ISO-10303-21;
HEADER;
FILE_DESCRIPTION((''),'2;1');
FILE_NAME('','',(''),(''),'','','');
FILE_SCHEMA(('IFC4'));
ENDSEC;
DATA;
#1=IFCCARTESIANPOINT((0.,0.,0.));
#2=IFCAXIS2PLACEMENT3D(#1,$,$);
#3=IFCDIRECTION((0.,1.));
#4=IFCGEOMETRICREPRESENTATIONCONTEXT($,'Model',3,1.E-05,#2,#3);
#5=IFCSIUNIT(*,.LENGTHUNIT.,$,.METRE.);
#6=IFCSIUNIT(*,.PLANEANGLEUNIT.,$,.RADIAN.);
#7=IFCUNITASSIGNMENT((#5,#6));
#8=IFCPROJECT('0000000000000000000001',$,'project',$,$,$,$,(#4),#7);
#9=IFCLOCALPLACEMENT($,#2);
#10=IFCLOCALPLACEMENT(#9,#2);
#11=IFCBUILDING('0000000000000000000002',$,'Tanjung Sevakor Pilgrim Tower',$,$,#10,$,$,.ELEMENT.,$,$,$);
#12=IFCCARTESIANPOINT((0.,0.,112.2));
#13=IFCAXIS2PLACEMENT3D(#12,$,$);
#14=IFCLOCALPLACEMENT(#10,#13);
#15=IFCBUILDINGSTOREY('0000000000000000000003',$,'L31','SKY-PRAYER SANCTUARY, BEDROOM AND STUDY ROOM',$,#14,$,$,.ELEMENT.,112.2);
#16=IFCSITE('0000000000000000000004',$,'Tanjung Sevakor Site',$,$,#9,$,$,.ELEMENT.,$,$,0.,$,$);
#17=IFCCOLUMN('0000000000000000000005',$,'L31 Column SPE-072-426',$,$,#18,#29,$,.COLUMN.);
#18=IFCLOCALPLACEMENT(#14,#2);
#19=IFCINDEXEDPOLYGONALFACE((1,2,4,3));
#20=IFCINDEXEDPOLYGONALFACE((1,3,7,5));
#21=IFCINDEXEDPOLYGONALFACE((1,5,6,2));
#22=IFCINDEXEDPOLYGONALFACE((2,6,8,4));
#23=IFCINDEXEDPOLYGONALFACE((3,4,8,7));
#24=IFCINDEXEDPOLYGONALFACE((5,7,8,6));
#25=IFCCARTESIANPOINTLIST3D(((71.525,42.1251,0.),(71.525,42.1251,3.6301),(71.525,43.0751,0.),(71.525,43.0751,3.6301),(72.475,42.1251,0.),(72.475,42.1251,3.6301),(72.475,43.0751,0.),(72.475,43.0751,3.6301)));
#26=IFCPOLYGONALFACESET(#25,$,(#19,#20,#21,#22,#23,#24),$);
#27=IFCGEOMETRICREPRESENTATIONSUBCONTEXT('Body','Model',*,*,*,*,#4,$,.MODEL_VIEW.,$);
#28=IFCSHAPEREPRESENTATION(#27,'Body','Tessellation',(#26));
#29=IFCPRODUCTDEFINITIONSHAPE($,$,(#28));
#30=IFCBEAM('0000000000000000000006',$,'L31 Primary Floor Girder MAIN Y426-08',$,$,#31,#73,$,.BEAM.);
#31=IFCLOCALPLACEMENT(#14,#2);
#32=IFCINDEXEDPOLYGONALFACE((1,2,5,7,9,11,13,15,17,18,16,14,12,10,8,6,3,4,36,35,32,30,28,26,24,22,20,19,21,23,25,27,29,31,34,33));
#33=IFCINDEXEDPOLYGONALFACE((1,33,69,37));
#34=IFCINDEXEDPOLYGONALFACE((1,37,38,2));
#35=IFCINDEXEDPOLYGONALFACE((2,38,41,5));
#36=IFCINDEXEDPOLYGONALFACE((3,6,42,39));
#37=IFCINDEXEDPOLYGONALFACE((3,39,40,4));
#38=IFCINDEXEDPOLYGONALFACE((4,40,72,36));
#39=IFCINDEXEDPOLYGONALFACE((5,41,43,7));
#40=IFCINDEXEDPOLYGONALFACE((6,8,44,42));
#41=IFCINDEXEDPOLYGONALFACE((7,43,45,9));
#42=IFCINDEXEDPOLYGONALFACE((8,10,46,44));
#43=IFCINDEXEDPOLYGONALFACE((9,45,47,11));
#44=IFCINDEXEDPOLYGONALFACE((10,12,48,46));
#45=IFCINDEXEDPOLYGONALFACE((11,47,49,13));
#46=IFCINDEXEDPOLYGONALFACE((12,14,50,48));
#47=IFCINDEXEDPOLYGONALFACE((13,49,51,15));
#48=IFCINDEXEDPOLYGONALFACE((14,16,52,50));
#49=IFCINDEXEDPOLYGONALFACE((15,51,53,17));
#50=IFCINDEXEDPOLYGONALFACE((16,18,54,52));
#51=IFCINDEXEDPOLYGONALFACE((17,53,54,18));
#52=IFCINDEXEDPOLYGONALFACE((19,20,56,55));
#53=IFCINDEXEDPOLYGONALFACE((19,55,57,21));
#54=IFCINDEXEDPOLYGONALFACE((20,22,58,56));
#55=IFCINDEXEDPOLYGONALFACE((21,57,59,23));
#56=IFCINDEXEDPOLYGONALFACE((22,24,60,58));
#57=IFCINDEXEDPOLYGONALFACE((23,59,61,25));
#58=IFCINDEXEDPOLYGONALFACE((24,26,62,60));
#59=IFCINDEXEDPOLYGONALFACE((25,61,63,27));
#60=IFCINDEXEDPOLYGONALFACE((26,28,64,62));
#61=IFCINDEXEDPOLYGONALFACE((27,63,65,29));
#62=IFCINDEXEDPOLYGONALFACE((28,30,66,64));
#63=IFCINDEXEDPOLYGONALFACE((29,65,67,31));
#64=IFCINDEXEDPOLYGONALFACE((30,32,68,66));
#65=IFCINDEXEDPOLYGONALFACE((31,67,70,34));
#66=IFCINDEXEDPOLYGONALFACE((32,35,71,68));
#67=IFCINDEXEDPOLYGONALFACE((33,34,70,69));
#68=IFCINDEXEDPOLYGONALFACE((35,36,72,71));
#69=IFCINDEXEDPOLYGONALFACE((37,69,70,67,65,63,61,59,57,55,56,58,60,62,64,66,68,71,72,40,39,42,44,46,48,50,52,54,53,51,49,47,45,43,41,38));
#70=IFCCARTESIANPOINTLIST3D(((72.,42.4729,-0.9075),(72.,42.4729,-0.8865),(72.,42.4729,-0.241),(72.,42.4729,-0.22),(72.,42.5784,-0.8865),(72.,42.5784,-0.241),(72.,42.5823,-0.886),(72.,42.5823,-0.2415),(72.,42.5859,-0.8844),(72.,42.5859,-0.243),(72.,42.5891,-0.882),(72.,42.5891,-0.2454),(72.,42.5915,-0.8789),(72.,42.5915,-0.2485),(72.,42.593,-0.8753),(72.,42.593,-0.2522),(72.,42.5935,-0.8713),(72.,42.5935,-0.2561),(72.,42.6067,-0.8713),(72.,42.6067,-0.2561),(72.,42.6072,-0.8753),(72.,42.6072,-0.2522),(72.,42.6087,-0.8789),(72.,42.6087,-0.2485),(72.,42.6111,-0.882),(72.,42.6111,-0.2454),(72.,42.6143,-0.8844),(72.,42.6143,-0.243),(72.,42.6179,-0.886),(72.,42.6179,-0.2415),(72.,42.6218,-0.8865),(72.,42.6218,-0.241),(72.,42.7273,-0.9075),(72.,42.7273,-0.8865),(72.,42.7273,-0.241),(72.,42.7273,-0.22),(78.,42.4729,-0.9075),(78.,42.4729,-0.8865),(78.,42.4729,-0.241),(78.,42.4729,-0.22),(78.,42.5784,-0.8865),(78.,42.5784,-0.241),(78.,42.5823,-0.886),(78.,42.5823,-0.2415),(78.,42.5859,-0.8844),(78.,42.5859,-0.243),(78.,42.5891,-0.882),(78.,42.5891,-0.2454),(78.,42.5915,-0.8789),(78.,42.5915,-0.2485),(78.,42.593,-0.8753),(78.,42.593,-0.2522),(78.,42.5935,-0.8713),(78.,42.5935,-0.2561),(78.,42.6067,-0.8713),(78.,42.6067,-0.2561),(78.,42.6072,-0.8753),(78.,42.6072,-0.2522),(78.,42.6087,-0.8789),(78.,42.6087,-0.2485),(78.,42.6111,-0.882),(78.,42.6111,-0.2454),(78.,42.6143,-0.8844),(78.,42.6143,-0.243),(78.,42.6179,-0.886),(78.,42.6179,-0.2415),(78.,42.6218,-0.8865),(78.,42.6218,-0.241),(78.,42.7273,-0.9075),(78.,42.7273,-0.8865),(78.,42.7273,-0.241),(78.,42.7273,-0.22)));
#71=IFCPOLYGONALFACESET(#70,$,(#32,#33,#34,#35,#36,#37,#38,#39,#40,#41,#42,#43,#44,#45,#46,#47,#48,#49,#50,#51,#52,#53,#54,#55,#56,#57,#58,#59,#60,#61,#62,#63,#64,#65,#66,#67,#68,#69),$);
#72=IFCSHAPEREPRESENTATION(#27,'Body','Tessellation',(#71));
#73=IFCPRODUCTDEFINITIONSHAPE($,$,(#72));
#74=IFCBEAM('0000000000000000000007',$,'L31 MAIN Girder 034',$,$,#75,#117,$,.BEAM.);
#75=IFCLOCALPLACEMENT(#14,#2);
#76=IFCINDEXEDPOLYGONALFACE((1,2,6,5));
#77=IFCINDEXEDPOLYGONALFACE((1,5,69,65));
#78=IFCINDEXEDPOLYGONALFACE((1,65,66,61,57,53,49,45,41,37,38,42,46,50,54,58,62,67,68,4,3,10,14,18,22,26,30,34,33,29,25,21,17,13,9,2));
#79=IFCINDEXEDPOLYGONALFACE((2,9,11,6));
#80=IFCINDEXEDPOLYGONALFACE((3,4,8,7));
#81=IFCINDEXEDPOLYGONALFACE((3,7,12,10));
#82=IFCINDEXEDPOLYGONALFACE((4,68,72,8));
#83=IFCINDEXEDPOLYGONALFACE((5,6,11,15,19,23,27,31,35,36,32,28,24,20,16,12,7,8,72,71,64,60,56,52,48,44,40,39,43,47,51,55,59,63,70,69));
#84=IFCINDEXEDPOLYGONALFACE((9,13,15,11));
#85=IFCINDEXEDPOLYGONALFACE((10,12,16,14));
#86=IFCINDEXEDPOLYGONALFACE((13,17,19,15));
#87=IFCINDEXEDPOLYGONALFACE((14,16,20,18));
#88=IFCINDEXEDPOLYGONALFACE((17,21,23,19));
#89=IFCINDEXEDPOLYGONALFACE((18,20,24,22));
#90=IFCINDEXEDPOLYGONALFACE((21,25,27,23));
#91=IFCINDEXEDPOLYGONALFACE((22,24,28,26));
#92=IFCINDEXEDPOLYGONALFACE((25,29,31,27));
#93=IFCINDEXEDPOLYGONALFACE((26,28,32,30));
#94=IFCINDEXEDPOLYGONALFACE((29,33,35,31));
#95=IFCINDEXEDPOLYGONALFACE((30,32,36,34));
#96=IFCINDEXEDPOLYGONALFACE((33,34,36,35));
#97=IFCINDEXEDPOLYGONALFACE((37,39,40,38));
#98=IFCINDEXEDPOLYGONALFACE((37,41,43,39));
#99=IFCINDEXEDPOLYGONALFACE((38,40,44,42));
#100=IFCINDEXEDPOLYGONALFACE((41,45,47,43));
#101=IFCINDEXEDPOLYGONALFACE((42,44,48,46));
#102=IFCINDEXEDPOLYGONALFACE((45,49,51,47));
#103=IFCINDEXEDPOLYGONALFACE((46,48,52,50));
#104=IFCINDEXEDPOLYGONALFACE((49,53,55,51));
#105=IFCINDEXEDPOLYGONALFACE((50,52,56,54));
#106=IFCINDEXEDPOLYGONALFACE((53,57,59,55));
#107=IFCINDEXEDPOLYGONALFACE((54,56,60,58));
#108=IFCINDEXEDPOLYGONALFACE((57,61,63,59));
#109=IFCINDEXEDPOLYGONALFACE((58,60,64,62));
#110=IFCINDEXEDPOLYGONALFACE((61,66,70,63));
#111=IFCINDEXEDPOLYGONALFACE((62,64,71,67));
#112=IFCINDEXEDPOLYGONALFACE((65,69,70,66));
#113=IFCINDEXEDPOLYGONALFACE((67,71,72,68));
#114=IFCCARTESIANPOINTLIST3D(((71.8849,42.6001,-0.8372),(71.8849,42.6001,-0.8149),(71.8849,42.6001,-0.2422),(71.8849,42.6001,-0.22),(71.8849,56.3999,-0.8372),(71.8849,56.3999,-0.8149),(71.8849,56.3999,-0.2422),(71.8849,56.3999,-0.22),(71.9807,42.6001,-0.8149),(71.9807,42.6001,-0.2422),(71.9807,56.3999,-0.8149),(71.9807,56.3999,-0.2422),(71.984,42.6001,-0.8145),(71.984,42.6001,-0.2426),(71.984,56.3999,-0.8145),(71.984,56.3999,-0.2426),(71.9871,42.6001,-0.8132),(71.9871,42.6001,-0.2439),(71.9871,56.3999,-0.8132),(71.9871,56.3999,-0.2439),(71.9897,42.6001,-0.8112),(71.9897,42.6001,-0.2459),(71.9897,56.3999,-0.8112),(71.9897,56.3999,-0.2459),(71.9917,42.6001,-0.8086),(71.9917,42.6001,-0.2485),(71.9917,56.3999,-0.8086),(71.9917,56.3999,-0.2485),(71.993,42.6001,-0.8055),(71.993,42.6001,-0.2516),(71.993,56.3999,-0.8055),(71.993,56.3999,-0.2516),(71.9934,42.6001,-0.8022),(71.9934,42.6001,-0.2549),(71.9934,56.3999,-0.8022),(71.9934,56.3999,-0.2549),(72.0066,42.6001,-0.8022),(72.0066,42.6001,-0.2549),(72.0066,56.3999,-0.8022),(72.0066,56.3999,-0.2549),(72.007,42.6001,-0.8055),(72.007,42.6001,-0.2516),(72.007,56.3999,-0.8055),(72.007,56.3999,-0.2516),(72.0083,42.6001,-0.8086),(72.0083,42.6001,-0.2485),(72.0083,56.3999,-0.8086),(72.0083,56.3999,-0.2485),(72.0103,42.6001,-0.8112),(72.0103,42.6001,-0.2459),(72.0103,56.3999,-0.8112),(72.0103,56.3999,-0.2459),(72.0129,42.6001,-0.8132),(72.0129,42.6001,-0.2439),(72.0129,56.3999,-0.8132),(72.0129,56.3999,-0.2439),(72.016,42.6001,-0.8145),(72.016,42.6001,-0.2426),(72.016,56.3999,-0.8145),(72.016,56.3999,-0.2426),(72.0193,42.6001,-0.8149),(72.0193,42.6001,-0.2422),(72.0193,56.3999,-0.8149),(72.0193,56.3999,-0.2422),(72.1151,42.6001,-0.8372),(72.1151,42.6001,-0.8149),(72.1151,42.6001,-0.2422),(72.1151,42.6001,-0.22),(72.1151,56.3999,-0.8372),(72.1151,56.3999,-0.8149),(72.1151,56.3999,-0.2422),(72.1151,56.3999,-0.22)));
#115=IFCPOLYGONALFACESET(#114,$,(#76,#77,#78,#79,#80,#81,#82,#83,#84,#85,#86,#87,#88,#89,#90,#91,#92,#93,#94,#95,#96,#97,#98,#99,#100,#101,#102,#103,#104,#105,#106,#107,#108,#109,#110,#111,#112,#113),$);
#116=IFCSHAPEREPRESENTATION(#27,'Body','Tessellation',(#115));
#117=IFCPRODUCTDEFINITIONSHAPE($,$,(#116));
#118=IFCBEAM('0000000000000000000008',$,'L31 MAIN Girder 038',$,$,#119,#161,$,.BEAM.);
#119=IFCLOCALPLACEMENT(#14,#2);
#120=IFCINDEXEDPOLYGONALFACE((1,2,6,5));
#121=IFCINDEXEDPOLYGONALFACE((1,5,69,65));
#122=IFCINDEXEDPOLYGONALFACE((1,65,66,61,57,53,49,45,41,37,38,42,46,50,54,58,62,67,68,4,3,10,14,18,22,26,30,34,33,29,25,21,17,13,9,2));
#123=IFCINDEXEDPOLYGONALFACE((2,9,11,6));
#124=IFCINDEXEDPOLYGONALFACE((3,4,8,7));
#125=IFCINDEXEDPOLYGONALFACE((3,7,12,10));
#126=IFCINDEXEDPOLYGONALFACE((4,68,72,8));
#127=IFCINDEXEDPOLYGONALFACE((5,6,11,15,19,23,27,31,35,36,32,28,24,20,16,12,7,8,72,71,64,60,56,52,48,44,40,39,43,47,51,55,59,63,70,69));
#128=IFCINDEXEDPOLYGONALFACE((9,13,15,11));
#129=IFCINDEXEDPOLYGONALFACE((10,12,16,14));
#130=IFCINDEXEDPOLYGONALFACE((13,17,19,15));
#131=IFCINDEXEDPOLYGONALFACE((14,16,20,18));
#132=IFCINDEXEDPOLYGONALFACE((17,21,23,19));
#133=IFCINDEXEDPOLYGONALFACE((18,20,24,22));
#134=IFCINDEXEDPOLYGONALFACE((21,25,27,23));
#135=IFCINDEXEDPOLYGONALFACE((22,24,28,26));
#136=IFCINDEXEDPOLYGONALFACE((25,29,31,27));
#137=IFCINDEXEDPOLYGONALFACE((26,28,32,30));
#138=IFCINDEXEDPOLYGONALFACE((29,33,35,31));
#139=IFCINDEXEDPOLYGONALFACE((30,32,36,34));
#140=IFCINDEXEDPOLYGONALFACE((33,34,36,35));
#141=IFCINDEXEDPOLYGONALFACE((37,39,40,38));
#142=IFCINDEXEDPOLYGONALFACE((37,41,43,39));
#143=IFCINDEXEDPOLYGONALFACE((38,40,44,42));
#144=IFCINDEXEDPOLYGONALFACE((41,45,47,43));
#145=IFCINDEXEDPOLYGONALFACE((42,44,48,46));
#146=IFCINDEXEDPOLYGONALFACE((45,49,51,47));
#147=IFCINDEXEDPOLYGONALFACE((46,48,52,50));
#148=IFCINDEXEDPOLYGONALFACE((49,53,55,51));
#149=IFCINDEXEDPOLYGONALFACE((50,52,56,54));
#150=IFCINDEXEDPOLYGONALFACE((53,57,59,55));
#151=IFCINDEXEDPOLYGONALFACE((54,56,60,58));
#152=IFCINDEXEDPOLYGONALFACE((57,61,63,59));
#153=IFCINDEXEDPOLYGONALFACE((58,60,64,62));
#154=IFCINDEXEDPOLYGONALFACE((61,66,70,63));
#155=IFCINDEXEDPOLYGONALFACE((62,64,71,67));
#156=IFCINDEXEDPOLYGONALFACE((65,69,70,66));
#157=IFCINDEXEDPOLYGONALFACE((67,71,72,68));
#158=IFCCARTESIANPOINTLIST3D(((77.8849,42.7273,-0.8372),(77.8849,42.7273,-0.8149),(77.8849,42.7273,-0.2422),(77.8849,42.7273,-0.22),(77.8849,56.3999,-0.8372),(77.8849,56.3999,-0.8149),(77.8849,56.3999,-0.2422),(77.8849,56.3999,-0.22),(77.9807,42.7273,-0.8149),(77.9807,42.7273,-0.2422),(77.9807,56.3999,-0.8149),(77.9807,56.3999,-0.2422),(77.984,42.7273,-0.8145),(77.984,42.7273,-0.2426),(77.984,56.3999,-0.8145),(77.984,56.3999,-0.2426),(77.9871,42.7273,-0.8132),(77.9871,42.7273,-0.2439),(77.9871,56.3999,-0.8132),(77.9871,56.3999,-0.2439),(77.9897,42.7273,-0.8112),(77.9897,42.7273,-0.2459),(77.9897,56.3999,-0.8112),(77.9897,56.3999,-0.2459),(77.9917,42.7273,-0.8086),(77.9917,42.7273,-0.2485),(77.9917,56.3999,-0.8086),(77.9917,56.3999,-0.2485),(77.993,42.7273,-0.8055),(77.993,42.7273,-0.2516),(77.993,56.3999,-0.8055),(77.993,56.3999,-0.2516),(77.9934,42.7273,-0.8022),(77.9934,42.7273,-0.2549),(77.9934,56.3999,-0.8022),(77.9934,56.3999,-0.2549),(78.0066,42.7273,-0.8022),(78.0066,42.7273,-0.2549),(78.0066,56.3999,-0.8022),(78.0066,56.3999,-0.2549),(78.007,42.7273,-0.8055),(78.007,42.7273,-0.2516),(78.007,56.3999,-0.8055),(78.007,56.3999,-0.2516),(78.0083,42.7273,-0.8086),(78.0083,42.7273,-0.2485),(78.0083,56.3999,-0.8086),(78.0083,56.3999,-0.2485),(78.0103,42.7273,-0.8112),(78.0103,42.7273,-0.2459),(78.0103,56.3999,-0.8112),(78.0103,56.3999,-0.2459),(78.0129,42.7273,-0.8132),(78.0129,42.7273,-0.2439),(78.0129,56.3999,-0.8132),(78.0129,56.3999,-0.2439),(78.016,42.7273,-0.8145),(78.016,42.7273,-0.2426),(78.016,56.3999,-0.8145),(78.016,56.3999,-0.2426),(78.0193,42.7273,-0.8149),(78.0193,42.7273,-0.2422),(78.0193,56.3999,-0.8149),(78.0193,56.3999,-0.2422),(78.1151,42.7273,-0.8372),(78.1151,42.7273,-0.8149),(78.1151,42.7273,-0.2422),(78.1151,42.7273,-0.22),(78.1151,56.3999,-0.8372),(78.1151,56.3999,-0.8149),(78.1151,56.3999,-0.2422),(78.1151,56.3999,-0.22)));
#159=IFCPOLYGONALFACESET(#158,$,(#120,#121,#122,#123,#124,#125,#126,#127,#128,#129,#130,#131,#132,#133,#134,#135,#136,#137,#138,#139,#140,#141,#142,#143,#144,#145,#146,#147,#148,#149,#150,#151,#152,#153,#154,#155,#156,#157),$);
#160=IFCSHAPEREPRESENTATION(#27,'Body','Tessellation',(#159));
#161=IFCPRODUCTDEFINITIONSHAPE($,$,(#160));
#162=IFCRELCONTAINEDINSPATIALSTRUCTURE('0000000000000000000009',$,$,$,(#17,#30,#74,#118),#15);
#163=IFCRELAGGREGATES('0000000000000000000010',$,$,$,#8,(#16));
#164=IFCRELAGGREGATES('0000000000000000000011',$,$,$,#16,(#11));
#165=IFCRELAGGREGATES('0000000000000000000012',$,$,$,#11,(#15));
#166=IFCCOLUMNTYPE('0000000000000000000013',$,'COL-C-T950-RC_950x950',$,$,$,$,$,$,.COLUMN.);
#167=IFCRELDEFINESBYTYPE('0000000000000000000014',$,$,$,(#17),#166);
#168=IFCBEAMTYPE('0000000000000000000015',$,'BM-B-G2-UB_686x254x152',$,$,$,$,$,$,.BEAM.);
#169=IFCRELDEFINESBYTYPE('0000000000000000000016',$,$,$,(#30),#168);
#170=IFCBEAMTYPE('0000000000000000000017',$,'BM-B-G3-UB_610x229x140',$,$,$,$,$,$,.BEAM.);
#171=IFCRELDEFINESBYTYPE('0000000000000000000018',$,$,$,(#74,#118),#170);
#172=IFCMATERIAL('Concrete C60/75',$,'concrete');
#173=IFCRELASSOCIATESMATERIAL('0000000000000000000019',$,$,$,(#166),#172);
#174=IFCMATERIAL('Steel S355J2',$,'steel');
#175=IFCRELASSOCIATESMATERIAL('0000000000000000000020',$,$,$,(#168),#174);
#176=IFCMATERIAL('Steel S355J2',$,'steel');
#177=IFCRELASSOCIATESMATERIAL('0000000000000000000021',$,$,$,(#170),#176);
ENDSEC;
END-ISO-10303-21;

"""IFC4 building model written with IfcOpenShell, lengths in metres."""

from ifc_helpers import new_model, si_unit, direction, frame, origin, origin_2d, place, context, subcontext, project, spatial, rectangle, i_section, extrude, material, material_profile, profile_set, type_object, element, save


model = new_model("IFC4")

# Units and contexts
model_context = context("Model", 3, precision=1e-05, world=origin(), true_north=direction((0.0, 1.0)))
body_context = subcontext(model_context, "Body", "Model", "MODEL_VIEW")
ifc_project = project(units=[si_unit("LENGTHUNIT", "METRE"), si_unit("PLANEANGLEUNIT", "RADIAN")], contexts=[model_context])

# Site, building, storey
site_placement = place(None, origin())
site = spatial("IfcSite", under=ifc_project, at=site_placement, Name="Tanjung Sevakor Site", CompositionType="ELEMENT", RefElevation=0.0)
building_placement = place(site_placement, origin())
building = spatial("IfcBuilding", under=site, at=building_placement, Name="Tanjung Sevakor Pilgrim Tower", CompositionType="ELEMENT")
storey_placement = place(building_placement, frame((0.0, 0.0, 112.2)))
storey = spatial("IfcBuildingStorey", under=building, at=storey_placement, Name="L31", Description="SKY-PRAYER SANCTUARY, BEDROOM AND STUDY ROOM", CompositionType="ELEMENT", Elevation=112.2)

# Column
ifc_material_1 = material(Name="Concrete C60/75", Category="concrete")
ifc_material_profile_1 = material_profile(ifc_material_1, rectangle(XDim=0.95, YDim=0.95, at=origin_2d()))
ifc_profile_set_1 = profile_set([ifc_material_profile_1], Name="Concrete C60/75")
column_type = type_object("IfcColumnType", Name="COL-C-T950-RC_950x950", PredefinedType="COLUMN", material=ifc_profile_set_1)
column_placement = place(storey_placement, frame((72.0, 42.6001, 0.0), z_axis=(0.0, 0.0, 1.0), x_axis=(1.0, 0.0, 0.0)))
element("IfcColumn", 1, at=column_placement, inside=storey, type_object=column_type, Name="L31 Column SPE-072-426", PredefinedType="COLUMN", context=body_context, shape_type="SweptSolid", body=[
    extrude(rectangle(XDim=0.95, YDim=0.95, at=origin_2d()), origin(), (0.0, 0.0, 1.0), 3.6301),
])

# Beams
ifc_material_2 = material(Name="Steel S355J2", Category="steel")
ifc_material_profile_2 = material_profile(ifc_material_2, i_section(OverallWidth=0.2544, OverallDepth=0.6875, WebThickness=0.0132, FlangeThickness=0.021, FilletRadius=0.0151, at=origin_2d()))
ifc_profile_set_2 = profile_set([ifc_material_profile_2], Name="Steel S355J2")
beam_type_1 = type_object("IfcBeamType", Name="BM-B-G2-UB_686x254x152", PredefinedType="BEAM", material=ifc_profile_set_2)
beam_1_placement = place(storey_placement, frame((72.0, 42.6001, -0.5637), z_axis=(1.0, 0.0, 0.0), x_axis=(0.0, 1.0, 0.0)))
element("IfcBeam", 2, at=beam_1_placement, inside=storey, type_object=beam_type_1, Name="L31 Primary Floor Girder MAIN Y426-08", PredefinedType="BEAM", context=body_context, shape_type="SweptSolid", body=[
    extrude(i_section(OverallWidth=0.2544, OverallDepth=0.6875, WebThickness=0.0132, FlangeThickness=0.021, FilletRadius=0.0151, at=origin_2d()), origin(), (0.0, 0.0, 1.0), 6.0),
])
ifc_material_3 = material(Name="Steel S355J2", Category="steel")
ifc_material_profile_3 = material_profile(ifc_material_3, i_section(OverallWidth=0.2302, OverallDepth=0.6172, WebThickness=0.0132, FlangeThickness=0.0222, FilletRadius=0.0127, at=origin_2d()))
ifc_profile_set_3 = profile_set([ifc_material_profile_3], Name="Steel S355J2")
beam_type_2 = type_object("IfcBeamType", Name="BM-B-G3-UB_610x229x140", PredefinedType="BEAM", material=ifc_profile_set_3)
beam_2_placement = place(storey_placement, frame((72.0, 42.6001, -0.5286), z_axis=(0.0, 1.0, 0.0), x_axis=(-1.0, 0.0, 0.0)))
element("IfcBeam", 3, at=beam_2_placement, inside=storey, type_object=beam_type_2, Name="L31 MAIN Girder 034", PredefinedType="BEAM", context=body_context, shape_type="SweptSolid", body=[
    extrude(i_section(OverallWidth=0.2302, OverallDepth=0.6172, WebThickness=0.0132, FlangeThickness=0.0222, FilletRadius=0.0127, at=origin_2d()), origin(), (0.0, 0.0, 1.0), 13.7998),
])
beam_3_placement = place(storey_placement, frame((78.0, 42.7273, -0.5286), z_axis=(0.0, 1.0, 0.0), x_axis=(-1.0, 0.0, 0.0)))
element("IfcBeam", 4, at=beam_3_placement, inside=storey, type_object=beam_type_2, Name="L31 MAIN Girder 038", PredefinedType="BEAM", context=body_context, shape_type="SweptSolid", body=[
    extrude(i_section(OverallWidth=0.2302, OverallDepth=0.6172, WebThickness=0.0132, FlangeThickness=0.0222, FilletRadius=0.0127, at=origin_2d()), origin(), (0.0, 0.0, 1.0), 13.6726),
])

save(model, "model.ifc")
